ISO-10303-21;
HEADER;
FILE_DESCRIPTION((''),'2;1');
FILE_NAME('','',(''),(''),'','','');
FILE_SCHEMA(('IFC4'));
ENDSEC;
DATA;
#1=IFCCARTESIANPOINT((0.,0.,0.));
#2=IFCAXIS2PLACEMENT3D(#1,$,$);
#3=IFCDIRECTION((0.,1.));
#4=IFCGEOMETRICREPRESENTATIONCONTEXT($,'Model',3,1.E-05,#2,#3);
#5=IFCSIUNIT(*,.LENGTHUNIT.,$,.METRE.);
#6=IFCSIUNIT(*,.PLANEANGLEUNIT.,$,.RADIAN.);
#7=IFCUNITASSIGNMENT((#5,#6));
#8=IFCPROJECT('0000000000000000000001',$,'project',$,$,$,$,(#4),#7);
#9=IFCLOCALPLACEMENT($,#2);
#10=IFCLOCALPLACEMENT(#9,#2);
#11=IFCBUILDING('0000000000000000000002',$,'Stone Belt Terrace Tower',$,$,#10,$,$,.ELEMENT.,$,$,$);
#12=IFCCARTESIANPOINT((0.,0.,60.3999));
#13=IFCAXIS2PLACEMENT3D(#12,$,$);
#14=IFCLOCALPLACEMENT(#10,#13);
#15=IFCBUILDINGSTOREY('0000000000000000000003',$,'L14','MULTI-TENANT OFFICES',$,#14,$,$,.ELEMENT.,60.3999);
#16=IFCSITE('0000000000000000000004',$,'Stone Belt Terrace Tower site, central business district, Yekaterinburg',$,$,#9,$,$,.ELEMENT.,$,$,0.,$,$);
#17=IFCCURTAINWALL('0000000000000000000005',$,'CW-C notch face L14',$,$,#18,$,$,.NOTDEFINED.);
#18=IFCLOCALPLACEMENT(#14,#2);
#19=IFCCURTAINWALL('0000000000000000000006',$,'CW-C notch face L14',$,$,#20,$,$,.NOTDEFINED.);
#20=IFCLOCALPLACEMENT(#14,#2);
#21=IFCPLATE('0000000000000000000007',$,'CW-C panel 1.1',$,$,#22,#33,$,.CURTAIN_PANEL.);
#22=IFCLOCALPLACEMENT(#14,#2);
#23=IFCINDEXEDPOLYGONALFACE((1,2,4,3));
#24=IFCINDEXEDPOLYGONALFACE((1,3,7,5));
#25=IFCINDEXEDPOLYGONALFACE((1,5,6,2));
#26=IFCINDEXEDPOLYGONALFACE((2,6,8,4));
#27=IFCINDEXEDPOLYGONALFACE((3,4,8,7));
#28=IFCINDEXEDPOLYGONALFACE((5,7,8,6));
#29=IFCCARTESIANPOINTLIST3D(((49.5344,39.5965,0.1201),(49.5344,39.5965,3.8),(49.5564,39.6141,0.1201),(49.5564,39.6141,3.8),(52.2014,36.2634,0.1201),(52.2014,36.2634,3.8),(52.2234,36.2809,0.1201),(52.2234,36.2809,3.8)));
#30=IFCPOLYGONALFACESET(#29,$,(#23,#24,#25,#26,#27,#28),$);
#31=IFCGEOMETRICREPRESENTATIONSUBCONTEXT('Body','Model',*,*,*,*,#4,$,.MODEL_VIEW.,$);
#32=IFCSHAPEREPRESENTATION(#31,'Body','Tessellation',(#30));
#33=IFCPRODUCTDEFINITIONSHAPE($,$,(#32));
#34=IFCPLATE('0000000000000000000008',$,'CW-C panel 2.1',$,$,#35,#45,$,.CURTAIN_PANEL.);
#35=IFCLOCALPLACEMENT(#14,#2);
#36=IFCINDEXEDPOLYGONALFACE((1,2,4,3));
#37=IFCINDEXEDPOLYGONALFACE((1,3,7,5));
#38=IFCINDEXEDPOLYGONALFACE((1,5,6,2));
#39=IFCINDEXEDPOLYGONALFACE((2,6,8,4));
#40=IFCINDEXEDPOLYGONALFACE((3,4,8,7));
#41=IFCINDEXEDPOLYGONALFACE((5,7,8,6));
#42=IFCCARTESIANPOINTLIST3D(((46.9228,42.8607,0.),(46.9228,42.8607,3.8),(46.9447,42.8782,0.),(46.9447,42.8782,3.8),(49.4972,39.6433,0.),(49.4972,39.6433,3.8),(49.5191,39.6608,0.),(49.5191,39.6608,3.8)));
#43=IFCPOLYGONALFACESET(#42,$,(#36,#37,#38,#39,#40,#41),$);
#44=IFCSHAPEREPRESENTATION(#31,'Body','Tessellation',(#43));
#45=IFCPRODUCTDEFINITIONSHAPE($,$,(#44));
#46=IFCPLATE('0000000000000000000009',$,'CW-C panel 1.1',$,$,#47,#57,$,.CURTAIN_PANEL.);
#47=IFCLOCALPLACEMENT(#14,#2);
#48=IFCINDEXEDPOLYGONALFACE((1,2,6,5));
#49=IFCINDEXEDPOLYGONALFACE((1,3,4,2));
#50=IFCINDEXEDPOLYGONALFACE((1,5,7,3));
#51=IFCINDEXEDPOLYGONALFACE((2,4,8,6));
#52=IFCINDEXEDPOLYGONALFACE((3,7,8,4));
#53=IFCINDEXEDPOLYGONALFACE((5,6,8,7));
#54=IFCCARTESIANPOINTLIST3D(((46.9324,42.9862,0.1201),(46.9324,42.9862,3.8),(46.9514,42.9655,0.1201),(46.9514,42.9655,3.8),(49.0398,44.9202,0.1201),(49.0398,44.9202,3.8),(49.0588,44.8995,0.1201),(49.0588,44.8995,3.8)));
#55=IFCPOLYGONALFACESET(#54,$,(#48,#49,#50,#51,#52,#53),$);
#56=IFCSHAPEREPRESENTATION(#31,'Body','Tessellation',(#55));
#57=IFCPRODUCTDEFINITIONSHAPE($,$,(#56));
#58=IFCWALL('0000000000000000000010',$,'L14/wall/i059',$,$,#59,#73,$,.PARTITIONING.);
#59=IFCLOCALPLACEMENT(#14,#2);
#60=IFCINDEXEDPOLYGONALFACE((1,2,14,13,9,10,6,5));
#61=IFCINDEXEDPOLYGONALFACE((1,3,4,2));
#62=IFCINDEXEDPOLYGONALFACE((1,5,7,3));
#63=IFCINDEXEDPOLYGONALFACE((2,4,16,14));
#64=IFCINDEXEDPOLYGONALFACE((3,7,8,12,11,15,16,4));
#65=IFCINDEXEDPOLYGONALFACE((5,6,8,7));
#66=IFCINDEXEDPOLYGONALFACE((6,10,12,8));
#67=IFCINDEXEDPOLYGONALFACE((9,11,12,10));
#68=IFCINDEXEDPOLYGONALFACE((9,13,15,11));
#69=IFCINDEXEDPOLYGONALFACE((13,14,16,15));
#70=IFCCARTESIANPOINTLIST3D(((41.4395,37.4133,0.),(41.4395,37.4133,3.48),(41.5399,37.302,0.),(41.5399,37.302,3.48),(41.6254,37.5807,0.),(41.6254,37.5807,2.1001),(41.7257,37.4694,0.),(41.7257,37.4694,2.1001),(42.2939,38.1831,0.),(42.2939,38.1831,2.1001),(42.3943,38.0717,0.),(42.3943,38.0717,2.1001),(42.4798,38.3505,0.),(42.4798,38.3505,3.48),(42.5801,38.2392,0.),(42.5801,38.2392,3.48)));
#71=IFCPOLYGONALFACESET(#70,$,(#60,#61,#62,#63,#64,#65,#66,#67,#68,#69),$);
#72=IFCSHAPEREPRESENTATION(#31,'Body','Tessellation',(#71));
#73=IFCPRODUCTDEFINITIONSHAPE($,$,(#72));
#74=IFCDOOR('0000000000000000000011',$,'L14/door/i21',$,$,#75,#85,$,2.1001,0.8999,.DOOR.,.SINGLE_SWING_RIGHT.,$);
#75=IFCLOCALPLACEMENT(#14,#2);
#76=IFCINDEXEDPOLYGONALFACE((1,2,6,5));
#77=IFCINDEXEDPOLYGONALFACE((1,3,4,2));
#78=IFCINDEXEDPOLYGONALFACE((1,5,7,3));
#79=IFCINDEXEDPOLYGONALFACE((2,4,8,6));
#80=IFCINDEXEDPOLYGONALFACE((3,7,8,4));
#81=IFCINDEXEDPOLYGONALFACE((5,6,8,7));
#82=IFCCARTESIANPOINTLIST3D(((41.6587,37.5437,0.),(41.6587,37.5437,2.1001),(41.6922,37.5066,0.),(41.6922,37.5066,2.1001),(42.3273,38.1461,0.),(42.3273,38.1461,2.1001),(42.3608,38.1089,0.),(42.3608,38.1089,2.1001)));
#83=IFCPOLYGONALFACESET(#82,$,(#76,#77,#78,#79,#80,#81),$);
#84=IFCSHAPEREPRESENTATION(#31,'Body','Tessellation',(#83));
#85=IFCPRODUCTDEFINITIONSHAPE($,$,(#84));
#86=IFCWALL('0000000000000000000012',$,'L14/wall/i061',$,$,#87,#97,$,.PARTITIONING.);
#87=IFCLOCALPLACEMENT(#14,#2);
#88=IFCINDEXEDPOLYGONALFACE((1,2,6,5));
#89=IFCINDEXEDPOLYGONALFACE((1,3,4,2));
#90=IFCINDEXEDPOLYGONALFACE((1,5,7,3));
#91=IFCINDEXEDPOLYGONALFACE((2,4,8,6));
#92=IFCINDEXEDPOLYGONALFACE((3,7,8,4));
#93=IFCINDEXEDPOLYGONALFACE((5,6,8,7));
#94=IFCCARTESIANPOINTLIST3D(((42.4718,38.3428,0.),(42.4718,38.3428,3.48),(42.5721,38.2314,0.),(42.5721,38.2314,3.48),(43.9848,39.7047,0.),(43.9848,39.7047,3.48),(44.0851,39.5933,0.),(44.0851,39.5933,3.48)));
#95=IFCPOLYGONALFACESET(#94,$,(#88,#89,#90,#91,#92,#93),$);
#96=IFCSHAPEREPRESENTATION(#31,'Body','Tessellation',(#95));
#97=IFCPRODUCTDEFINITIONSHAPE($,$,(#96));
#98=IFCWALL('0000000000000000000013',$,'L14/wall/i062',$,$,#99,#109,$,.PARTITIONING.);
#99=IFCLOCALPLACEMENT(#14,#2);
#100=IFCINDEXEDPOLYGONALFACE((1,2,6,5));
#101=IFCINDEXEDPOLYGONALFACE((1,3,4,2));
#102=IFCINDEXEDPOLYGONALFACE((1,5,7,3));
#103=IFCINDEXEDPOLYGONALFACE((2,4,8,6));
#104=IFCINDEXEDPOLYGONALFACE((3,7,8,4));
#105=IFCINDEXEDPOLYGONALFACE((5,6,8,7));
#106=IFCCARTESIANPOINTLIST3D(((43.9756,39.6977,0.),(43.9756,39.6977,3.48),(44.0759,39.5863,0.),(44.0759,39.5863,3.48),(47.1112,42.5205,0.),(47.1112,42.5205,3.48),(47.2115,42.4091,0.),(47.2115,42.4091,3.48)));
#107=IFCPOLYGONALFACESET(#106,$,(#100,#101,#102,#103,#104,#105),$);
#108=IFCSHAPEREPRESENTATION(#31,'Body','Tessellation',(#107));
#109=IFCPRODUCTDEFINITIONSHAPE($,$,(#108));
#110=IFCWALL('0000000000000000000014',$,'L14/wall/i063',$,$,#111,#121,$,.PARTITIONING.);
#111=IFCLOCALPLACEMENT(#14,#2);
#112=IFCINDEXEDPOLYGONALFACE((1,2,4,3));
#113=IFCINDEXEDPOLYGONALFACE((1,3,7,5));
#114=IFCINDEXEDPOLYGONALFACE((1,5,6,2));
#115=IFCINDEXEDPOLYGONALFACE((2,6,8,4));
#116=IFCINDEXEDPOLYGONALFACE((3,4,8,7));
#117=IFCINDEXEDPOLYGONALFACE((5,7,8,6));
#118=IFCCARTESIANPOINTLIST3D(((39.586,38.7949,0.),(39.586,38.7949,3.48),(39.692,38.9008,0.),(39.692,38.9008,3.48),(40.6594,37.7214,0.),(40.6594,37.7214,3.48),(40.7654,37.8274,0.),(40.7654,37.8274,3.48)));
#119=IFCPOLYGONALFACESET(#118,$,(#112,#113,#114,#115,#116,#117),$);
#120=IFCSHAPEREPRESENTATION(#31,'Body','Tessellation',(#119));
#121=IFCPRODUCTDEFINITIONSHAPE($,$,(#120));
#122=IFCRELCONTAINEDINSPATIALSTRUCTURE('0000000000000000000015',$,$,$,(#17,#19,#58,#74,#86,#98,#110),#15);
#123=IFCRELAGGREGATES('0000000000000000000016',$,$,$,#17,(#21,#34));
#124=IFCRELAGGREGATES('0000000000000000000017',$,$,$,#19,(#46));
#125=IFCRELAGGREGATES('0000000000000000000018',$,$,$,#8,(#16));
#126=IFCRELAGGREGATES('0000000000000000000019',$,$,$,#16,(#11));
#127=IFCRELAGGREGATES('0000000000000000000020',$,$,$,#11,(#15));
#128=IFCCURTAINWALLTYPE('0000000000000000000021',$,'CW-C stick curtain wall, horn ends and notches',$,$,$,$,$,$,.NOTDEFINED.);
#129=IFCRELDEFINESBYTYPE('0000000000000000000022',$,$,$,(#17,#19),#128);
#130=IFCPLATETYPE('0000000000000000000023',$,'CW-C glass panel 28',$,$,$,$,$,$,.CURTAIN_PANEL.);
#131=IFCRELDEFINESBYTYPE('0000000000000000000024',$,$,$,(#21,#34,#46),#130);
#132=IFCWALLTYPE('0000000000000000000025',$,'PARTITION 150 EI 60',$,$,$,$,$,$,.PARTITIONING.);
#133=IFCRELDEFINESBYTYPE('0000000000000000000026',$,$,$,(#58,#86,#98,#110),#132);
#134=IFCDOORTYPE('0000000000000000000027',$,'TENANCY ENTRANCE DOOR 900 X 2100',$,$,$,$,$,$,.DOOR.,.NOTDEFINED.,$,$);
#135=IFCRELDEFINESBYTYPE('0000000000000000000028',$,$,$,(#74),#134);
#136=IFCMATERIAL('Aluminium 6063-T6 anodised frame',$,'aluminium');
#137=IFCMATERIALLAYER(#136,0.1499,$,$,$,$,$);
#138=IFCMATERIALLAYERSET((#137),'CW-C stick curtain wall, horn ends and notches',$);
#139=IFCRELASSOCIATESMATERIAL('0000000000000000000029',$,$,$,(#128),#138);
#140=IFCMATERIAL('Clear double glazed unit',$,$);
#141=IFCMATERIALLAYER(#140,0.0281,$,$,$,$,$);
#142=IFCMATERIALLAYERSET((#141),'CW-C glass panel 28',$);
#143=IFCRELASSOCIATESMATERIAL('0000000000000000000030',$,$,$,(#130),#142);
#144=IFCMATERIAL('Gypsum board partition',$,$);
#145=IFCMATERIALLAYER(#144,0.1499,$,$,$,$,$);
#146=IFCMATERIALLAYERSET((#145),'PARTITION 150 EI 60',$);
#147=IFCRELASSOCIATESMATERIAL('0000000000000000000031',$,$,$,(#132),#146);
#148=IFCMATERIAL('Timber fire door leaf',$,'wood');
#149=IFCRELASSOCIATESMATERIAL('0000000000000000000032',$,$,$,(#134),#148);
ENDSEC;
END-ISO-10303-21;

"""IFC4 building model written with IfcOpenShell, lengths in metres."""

from ifc_helpers import new_model, si_unit, direction, frame, frame_2d, origin, origin_2d, place, context, subcontext, project, spatial, rectangle, extrude, material, layer, layer_set, type_object, element, fill, aggregate, save


model = new_model("IFC4")

# Units and contexts
model_context = context("Model", 3, precision=1e-05, world=origin(), true_north=direction((0.0, 1.0)))
body_context = subcontext(model_context, "Body", "Model", "MODEL_VIEW")
ifc_project = project(units=[si_unit("LENGTHUNIT", "METRE"), si_unit("PLANEANGLEUNIT", "RADIAN")], contexts=[model_context])

# Site, building, storey
site_placement = place(None, origin())
site = spatial("IfcSite", under=ifc_project, at=site_placement, Name="Stone Belt Terrace Tower site, central business district, Yekaterinburg", CompositionType="ELEMENT", RefElevation=0.0)
building_placement = place(site_placement, origin())
building = spatial("IfcBuilding", under=site, at=building_placement, Name="Stone Belt Terrace Tower", CompositionType="ELEMENT")
storey_placement = place(building_placement, frame((0.0, 0.0, 60.3999)))
storey = spatial("IfcBuildingStorey", under=building, at=storey_placement, Name="L14", Description="MULTI-TENANT OFFICES", CompositionType="ELEMENT", Elevation=60.3999)

# Curtain wall
ifc_material_1 = material(Name="Aluminium 6063-T6 anodised frame", Category="aluminium")
ifc_layer_1 = layer(ifc_material_1, 0.1499)
ifc_layer_set_1 = layer_set([ifc_layer_1], Name="CW-C stick curtain wall, horn ends and notches")
curtain_wall_type = type_object("IfcCurtainWallType", Name="CW-C stick curtain wall, horn ends and notches", PredefinedType="NOTDEFINED", material=ifc_layer_set_1)
curtain_wall_1_placement = place(storey_placement, origin())
curtain_wall_1 = element("IfcCurtainWall", 1, at=curtain_wall_1_placement, inside=storey, type_object=curtain_wall_type, Name="CW-C notch face L14", PredefinedType="NOTDEFINED")

# Curtain wall
curtain_wall_2_placement = place(storey_placement, origin())
curtain_wall_2 = element("IfcCurtainWall", 2, at=curtain_wall_2_placement, inside=storey, type_object=curtain_wall_type, Name="CW-C notch face L14", PredefinedType="NOTDEFINED")

# Plates
ifc_material_2 = material(Name="Clear double glazed unit")
ifc_layer_2 = layer(ifc_material_2, 0.0281)
ifc_layer_set_2 = layer_set([ifc_layer_2], Name="CW-C glass panel 28")
plate_type = type_object("IfcPlateType", Name="CW-C glass panel 28", PredefinedType="CURTAIN_PANEL", material=ifc_layer_set_2)
plate_1_placement = place(storey_placement, frame((50.8789, 37.9387, 0.1201), z_axis=(0.0, 0.0, 1.0), x_axis=(-0.624764, 0.780814, 0.0)))
plate_1 = element("IfcPlate", 3, at=plate_1_placement, type_object=plate_type, Name="CW-C panel 1.1", PredefinedType="CURTAIN_PANEL", context=body_context, shape_type="SweptSolid", body=[
    extrude(rectangle(XDim=4.2688, YDim=0.0281, at=origin_2d()), origin(), (0.0, 0.0, 1.0), 3.6799),
])
plate_2_placement = place(storey_placement, frame((48.2209, 41.2607, 0.0), z_axis=(0.0, 0.0, 1.0), x_axis=(-0.624764, 0.780814, 0.0)))
plate_2 = element("IfcPlate", 4, at=plate_2_placement, type_object=plate_type, Name="CW-C panel 2.1", PredefinedType="CURTAIN_PANEL", context=body_context, shape_type="SweptSolid", body=[
    extrude(rectangle(XDim=4.1206, YDim=0.0281, at=origin_2d()), origin(), (0.0, 0.0, 1.0), 3.8),
])
aggregate(curtain_wall_1, [plate_1, plate_2])
plate_3_placement = place(storey_placement, frame((47.9956, 43.9429, 0.1201), z_axis=(0.0, 0.0, 1.0), x_axis=(0.736782, 0.676131, 0.0)))
plate_3 = element("IfcPlate", 5, at=plate_3_placement, type_object=plate_type, Name="CW-C panel 1.1", PredefinedType="CURTAIN_PANEL", context=body_context, shape_type="SweptSolid", body=[
    extrude(rectangle(XDim=2.8604, YDim=0.0281, at=origin_2d()), origin(), (0.0, 0.0, 1.0), 3.6799),
])
aggregate(curtain_wall_2, [plate_3])

# Wall, opening, door
ifc_material_3 = material(Name="Gypsum board partition")
ifc_layer_3 = layer(ifc_material_3, 0.1499)
ifc_layer_set_3 = layer_set([ifc_layer_3], Name="PARTITION 150 EI 60")
wall_type = type_object("IfcWallType", Name="PARTITION 150 EI 60", PredefinedType="PARTITIONING", material=ifc_layer_set_3)
wall_1_placement = place(storey_placement, frame((42.53, 38.2949, 0.0), z_axis=(0.0, 0.0, 1.0), x_axis=(-0.742939, -0.66936, 0.0)))
wall_1 = element("IfcWall", 6, at=wall_1_placement, inside=storey, type_object=wall_type, Name="L14/wall/i059", PredefinedType="PARTITIONING", context=body_context, shape_type="SweptSolid", body=[
    extrude(rectangle(XDim=1.4001, YDim=0.1499, at=frame_2d((0.7002, 0.0))), origin(), (0.0, 0.0, 1.0), 3.48),
])
opening_placement = place(wall_1_placement, frame((0.2502, 0.0, 0.0)))
opening = element("IfcOpeningElement", 7, at=opening_placement, cuts=wall_1, PredefinedType="OPENING", context=body_context, shape_type="SweptSolid", body=[
    extrude(rectangle(XDim=0.8999, YDim=2.1001, at=frame_2d((0.45, 1.05))), frame((0.0, 0.085, 0.0), z_axis=(0.0, -1.0, 0.0), x_axis=(1.0, 0.0, 0.0)), (0.0, 0.0, 1.0), 0.1699),
])
ifc_material_4 = material(Name="Timber fire door leaf", Category="wood")
door_type = type_object("IfcDoorType", Name="TENANCY ENTRANCE DOOR 900 X 2100", OperationType="NOTDEFINED", PredefinedType="DOOR", material=ifc_material_4)
door_placement = place(opening_placement, origin())
door = element("IfcDoor", 8, at=door_placement, inside=storey, type_object=door_type, Name="L14/door/i21", OperationType="SINGLE_SWING_RIGHT", OverallHeight=2.1001, OverallWidth=0.8999, PredefinedType="DOOR", context=body_context, shape_type="SweptSolid", body=[
    extrude(rectangle(XDim=0.8999, YDim=2.1001, at=frame_2d((0.45, 1.05))), frame((0.0, 0.0249, 0.0), z_axis=(0.0, -1.0, 0.0), x_axis=(1.0, 0.0, 0.0)), (0.0, 0.0, 1.0), 0.05),
])
fill(opening, door)

# Walls
wall_2_placement = place(storey_placement, frame((42.522, 38.2871, 0.0), z_axis=(0.0, 0.0, 1.0), x_axis=(0.743252, 0.669011, 0.0)))
element("IfcWall", 9, at=wall_2_placement, inside=storey, type_object=wall_type, Name="L14/wall/i061", PredefinedType="PARTITIONING", context=body_context, shape_type="SweptSolid", body=[
    extrude(rectangle(XDim=2.0356, YDim=0.1499, at=frame_2d((1.0178, 0.0))), origin(), (0.0, 0.0, 1.0), 3.48),
])
wall_3_placement = place(storey_placement, frame((44.0259, 39.6421, 0.0), z_axis=(0.0, 0.0, 1.0), x_axis=(0.743199, 0.66907, 0.0)))
element("IfcWall", 10, at=wall_3_placement, inside=storey, type_object=wall_type, Name="L14/wall/i062", PredefinedType="PARTITIONING", context=body_context, shape_type="SweptSolid", body=[
    extrude(rectangle(XDim=4.219, YDim=0.1499, at=frame_2d((2.1094, 0.0))), origin(), (0.0, 0.0, 1.0), 3.48),
])
wall_4_placement = place(storey_placement, frame((40.7124, 37.7744, 0.0), z_axis=(0.0, 0.0, 1.0), x_axis=(-0.707107, 0.707107, 0.0)))
element("IfcWall", 11, at=wall_4_placement, inside=storey, type_object=wall_type, Name="L14/wall/i063", PredefinedType="PARTITIONING", context=body_context, shape_type="SweptSolid", body=[
    extrude(rectangle(XDim=1.5181, YDim=0.1499, at=frame_2d((0.759, 0.0))), origin(), (0.0, 0.0, 1.0), 3.48),
])

save(model, "model.ifc")
